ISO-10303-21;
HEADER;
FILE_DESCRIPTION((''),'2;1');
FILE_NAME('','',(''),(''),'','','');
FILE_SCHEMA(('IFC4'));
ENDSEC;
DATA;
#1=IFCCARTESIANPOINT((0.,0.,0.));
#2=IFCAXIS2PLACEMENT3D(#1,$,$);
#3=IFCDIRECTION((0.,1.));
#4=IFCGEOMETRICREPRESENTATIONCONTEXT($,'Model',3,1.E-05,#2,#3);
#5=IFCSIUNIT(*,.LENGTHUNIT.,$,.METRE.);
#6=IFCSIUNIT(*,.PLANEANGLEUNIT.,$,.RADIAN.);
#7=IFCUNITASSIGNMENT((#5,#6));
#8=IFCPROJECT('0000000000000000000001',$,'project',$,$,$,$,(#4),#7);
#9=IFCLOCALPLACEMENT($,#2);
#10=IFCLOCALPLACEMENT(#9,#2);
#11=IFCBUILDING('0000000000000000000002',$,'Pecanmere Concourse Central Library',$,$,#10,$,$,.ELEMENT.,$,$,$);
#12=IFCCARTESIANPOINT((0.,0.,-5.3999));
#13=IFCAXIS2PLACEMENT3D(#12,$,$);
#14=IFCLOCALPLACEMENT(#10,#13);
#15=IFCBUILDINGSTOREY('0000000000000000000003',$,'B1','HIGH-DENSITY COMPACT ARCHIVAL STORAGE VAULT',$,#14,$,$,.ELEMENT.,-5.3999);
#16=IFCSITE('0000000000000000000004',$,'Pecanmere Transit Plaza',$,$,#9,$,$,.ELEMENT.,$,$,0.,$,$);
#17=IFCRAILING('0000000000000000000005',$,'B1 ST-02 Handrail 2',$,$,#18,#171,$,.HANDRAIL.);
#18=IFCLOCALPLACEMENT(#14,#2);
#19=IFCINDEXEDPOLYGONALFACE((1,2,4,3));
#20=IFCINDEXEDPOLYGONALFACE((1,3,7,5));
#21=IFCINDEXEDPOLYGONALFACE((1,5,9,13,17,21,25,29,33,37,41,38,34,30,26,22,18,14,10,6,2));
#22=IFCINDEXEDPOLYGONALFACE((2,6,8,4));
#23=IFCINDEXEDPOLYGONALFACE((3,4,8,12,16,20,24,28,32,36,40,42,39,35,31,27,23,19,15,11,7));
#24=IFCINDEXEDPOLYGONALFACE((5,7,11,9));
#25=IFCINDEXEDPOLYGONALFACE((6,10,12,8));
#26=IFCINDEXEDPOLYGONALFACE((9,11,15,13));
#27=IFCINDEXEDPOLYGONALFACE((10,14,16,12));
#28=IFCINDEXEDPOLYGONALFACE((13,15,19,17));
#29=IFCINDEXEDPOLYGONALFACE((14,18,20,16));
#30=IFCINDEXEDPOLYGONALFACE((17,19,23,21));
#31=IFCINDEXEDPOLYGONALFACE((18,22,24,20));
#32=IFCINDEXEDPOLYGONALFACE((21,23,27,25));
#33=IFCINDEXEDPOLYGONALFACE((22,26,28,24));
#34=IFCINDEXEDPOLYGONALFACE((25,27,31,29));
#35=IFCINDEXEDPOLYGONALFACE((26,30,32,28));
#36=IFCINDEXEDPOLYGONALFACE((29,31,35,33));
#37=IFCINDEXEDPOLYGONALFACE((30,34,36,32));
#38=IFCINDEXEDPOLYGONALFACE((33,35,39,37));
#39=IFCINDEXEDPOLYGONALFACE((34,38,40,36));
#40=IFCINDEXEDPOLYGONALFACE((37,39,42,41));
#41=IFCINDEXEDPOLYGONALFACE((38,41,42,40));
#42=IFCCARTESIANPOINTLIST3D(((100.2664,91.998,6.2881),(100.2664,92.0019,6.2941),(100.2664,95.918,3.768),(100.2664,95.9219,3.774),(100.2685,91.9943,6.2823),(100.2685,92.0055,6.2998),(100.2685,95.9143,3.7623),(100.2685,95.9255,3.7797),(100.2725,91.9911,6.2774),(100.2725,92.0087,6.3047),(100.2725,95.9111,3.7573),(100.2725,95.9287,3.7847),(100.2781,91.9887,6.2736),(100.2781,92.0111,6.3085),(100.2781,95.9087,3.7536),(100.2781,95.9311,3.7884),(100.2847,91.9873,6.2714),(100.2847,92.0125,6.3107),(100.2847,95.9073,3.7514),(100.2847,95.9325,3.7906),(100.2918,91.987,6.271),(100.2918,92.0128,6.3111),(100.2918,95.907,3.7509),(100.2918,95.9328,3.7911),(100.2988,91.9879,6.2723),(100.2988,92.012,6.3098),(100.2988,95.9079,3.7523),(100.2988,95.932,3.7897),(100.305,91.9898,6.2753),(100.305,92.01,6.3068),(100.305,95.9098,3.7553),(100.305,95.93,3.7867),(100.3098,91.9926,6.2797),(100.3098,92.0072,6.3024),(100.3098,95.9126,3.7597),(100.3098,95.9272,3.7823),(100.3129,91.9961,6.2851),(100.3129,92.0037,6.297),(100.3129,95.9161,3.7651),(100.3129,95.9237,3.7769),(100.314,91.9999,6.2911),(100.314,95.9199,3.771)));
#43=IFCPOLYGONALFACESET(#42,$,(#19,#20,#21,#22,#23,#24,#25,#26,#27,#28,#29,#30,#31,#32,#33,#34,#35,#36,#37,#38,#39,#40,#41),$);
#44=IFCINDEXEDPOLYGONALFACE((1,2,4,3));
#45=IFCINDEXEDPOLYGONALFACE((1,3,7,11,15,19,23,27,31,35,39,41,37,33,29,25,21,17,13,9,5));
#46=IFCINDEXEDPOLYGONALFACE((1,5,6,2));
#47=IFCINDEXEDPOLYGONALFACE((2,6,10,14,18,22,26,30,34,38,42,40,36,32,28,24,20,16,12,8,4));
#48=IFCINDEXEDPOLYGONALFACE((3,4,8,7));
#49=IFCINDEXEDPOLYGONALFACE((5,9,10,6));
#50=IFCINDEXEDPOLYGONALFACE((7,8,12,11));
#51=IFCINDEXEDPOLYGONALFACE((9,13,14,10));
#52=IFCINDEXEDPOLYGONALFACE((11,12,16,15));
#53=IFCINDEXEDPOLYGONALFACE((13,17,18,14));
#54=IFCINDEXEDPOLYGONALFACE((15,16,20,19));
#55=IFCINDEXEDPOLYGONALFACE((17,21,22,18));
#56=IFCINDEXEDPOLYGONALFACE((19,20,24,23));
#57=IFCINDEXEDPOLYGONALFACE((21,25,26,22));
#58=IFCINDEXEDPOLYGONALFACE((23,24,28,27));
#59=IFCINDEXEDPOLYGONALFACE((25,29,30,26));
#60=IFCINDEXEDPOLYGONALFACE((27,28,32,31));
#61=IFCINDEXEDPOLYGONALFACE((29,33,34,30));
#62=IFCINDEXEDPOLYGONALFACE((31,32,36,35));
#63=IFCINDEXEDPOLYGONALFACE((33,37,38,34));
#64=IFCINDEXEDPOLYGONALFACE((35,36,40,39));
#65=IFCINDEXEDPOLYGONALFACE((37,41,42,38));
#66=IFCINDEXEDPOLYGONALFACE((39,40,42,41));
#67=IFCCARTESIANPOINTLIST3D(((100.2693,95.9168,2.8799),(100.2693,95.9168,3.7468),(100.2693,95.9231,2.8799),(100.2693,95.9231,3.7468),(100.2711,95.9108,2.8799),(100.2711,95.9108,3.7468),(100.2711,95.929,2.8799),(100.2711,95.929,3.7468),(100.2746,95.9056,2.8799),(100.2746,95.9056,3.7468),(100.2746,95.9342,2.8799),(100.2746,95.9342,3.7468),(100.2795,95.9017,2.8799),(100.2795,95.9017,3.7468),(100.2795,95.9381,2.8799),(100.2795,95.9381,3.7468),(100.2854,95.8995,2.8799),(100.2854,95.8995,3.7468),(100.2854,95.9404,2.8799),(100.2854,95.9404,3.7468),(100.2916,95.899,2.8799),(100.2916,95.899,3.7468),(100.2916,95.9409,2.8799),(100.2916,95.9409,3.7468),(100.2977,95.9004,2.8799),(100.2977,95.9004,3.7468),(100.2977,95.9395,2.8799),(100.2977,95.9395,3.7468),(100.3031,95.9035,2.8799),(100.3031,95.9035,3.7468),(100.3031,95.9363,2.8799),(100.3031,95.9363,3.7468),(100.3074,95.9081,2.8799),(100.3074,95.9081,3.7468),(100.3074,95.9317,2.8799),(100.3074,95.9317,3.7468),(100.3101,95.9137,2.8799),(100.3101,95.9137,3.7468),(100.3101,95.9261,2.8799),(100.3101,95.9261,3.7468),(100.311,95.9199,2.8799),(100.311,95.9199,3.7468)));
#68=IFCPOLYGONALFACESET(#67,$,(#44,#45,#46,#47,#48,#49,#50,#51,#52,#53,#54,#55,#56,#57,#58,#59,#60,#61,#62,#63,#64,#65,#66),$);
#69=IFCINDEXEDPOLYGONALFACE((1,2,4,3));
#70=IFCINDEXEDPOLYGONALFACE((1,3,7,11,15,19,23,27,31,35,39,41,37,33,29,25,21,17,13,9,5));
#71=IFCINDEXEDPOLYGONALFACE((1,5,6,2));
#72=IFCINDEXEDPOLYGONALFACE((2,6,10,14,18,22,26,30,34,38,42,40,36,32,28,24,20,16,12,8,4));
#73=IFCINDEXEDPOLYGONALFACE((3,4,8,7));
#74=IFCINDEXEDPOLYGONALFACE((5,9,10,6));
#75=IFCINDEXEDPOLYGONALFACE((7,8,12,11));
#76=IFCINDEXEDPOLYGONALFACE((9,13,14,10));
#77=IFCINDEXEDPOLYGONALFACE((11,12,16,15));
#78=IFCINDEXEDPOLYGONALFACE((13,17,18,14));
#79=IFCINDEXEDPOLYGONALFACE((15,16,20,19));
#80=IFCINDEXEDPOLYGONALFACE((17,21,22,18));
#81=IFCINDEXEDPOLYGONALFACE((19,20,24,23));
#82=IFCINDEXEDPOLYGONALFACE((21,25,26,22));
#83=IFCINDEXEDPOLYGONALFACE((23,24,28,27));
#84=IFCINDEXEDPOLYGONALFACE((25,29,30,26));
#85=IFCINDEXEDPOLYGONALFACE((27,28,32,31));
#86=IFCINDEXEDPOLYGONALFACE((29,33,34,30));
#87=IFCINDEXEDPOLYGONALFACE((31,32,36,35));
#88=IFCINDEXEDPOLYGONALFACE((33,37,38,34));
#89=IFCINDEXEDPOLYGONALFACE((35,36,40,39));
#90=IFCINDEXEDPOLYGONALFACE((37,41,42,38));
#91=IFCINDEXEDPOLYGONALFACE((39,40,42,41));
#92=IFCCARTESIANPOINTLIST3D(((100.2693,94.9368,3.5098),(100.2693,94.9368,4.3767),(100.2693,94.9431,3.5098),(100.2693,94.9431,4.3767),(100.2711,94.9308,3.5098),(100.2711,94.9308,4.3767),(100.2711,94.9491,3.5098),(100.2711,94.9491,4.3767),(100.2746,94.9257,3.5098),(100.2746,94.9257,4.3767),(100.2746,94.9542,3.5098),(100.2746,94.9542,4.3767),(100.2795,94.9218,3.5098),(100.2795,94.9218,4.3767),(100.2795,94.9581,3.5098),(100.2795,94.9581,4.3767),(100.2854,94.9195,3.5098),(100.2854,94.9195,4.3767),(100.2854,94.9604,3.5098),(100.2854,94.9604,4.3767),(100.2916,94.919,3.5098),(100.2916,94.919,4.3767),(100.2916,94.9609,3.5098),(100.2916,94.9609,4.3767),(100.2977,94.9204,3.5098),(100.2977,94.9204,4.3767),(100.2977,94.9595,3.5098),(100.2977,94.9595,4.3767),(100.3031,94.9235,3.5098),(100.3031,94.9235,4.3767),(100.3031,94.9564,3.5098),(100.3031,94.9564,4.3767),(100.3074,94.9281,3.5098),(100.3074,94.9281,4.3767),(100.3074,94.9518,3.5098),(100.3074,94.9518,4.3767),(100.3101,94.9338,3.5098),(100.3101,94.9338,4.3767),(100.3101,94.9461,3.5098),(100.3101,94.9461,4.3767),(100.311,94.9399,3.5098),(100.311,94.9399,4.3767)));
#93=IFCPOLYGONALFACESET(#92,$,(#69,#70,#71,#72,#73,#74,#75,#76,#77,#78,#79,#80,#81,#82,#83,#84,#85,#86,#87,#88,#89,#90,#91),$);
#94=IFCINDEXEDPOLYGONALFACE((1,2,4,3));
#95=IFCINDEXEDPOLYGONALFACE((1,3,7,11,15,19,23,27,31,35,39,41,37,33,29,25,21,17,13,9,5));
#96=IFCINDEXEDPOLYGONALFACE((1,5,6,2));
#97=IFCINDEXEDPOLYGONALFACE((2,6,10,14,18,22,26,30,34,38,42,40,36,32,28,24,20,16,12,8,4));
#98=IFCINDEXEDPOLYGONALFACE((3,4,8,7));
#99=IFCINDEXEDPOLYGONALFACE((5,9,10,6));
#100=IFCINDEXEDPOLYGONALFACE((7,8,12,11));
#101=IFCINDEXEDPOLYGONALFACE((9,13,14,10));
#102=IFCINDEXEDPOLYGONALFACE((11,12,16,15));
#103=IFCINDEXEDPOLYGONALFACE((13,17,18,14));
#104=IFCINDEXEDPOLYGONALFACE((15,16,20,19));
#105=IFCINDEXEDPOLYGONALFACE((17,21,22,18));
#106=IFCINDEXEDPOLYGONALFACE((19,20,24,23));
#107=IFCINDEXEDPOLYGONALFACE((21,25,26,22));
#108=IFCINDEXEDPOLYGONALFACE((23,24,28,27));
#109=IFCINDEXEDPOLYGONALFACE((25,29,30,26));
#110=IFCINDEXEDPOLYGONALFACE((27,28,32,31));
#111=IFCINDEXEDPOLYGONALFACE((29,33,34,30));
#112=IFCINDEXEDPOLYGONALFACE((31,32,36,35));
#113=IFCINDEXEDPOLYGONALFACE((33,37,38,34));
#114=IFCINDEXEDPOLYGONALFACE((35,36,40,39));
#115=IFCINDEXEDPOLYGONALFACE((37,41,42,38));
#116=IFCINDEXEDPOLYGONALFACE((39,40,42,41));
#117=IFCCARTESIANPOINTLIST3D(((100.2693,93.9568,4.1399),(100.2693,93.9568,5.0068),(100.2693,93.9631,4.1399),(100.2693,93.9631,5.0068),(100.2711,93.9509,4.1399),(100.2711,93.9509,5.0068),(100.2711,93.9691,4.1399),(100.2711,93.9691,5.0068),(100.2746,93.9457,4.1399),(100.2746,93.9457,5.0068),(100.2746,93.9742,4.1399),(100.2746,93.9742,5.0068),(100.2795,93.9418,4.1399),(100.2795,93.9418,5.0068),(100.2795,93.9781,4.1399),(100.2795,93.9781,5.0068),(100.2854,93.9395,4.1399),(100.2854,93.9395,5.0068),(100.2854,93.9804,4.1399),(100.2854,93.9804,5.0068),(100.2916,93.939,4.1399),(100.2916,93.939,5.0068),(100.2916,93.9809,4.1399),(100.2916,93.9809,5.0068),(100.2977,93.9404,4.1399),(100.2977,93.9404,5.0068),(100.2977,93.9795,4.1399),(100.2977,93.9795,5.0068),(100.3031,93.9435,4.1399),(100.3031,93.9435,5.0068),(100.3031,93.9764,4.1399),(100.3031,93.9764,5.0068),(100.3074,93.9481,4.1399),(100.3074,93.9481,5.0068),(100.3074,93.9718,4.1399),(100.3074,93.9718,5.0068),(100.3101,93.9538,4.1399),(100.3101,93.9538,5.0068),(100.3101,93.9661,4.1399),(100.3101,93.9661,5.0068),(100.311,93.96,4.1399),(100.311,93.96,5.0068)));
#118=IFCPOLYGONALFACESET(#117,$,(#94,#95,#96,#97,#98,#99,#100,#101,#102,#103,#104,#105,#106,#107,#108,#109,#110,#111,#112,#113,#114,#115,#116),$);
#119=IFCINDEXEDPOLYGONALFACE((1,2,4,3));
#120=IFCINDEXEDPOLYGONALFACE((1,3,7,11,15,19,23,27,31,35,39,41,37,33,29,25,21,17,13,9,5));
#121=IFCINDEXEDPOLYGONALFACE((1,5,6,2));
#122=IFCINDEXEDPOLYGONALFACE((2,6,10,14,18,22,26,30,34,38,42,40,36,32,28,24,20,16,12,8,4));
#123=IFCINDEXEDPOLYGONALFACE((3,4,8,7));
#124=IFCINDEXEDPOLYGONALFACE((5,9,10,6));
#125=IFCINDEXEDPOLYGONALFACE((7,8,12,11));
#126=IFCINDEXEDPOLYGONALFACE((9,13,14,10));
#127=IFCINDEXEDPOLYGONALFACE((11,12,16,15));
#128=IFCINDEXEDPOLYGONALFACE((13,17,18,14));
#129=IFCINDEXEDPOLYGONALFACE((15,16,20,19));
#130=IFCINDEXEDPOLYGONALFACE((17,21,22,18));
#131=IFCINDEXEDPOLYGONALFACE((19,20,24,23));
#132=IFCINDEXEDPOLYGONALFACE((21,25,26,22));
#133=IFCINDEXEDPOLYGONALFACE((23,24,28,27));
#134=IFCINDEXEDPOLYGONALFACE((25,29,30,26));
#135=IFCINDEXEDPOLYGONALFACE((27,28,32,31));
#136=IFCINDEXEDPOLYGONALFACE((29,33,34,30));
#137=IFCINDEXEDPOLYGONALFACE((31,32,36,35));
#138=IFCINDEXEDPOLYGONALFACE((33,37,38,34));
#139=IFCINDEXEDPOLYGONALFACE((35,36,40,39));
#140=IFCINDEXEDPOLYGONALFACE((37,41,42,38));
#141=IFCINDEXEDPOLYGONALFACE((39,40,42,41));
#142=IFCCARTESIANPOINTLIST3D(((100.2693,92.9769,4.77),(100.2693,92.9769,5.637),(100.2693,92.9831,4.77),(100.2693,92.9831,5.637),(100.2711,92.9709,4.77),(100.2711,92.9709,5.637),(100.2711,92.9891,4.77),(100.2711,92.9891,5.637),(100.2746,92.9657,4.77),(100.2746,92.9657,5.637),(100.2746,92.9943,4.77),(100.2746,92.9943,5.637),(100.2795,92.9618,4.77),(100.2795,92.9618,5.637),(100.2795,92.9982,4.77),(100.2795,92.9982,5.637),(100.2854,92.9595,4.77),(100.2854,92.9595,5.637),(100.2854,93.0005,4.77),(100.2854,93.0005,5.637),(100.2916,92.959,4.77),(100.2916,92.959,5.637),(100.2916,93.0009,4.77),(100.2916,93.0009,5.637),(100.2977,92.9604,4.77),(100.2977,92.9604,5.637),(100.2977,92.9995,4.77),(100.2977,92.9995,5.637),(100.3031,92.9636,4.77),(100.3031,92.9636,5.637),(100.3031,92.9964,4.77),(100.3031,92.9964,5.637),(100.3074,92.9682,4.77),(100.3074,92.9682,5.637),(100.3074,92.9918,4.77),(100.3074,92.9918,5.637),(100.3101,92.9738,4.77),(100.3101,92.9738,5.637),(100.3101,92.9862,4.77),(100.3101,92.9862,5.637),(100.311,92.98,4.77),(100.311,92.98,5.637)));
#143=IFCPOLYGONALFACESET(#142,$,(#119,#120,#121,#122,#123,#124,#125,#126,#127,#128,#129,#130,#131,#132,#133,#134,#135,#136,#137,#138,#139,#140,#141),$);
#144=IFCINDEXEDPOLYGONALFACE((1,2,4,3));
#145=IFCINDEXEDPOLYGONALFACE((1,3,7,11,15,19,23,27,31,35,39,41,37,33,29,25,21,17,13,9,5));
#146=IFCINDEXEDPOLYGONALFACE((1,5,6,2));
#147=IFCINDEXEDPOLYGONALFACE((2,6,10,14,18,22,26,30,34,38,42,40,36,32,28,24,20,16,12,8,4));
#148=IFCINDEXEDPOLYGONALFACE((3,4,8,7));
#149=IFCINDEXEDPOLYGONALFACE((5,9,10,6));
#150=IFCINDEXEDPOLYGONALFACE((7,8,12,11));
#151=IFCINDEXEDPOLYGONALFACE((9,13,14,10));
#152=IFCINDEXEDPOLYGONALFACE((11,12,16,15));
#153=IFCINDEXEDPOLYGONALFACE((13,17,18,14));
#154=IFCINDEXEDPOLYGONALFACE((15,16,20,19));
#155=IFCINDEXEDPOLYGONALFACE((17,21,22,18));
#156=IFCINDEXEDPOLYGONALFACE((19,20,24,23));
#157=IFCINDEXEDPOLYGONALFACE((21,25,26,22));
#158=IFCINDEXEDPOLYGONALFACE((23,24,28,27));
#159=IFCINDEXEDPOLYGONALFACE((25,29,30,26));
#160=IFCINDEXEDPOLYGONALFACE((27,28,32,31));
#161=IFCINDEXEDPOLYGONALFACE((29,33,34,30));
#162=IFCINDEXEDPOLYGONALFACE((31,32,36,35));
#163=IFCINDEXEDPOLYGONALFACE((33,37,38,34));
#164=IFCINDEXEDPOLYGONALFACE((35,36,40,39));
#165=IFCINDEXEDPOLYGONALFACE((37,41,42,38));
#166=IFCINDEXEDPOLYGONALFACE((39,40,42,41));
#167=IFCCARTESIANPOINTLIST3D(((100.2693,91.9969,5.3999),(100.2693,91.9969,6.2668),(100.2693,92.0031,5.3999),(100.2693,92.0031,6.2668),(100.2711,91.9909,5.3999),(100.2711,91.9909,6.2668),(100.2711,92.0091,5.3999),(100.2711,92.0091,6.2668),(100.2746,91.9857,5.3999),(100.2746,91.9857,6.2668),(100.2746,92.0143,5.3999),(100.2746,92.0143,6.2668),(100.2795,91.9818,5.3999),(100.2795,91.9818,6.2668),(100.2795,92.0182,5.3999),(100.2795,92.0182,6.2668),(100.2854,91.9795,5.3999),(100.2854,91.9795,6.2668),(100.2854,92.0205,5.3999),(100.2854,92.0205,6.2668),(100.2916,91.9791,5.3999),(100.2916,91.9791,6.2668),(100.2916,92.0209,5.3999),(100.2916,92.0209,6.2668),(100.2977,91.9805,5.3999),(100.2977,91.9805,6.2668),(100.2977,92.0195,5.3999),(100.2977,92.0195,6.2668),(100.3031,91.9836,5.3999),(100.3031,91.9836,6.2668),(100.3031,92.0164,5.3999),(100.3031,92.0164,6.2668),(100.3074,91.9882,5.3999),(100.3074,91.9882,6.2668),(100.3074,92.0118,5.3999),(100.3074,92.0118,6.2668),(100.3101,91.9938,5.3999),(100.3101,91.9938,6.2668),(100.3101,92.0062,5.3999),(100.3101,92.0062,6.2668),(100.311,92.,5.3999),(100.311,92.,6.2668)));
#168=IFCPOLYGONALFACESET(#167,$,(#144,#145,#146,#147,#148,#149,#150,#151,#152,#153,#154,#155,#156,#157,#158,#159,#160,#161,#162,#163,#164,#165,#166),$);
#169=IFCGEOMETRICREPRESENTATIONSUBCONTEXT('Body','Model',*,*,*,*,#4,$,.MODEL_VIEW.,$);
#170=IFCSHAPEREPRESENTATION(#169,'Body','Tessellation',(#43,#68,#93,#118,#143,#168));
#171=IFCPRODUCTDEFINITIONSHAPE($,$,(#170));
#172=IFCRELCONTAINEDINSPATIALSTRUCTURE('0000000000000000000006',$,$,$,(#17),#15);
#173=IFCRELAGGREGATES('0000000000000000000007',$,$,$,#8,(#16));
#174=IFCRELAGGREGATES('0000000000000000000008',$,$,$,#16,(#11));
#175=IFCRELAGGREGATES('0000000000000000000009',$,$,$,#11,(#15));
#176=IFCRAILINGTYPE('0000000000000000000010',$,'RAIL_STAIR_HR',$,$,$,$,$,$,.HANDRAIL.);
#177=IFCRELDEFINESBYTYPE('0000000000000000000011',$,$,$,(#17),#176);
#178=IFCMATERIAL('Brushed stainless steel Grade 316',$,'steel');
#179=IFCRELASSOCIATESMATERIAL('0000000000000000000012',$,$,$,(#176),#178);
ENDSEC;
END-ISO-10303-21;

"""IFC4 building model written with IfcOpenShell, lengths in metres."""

from ifc_helpers import new_model, si_unit, direction, frame, origin, origin_2d, place, context, subcontext, project, spatial, circle, extrude, material, type_object, element, save


model = new_model("IFC4")

# Units and contexts
model_context = context("Model", 3, precision=1e-05, world=origin(), true_north=direction((0.0, 1.0)))
body_context = subcontext(model_context, "Body", "Model", "MODEL_VIEW")
ifc_project = project(units=[si_unit("LENGTHUNIT", "METRE"), si_unit("PLANEANGLEUNIT", "RADIAN")], contexts=[model_context])

# Site, building, storey
site_placement = place(None, origin())
site = spatial("IfcSite", under=ifc_project, at=site_placement, Name="Pecanmere Transit Plaza", CompositionType="ELEMENT", RefElevation=0.0)
building_placement = place(site_placement, origin())
building = spatial("IfcBuilding", under=site, at=building_placement, Name="Pecanmere Concourse Central Library", CompositionType="ELEMENT")
storey_placement = place(building_placement, frame((0.0, 0.0, -5.3999)))
storey = spatial("IfcBuildingStorey", under=building, at=storey_placement, Name="B1", Description="HIGH-DENSITY COMPACT ARCHIVAL STORAGE VAULT", CompositionType="ELEMENT", Elevation=-5.3999)

# Railing
ifc_material_1 = material(Name="Brushed stainless steel Grade 316", Category="steel")
railing_type_1 = type_object("IfcRailingType", Name="RAIL_STAIR_HR", PredefinedType="HANDRAIL", material=ifc_material_1)
railing_1_placement = place(storey_placement, frame((100.29, 95.9199, 2.8799)))
element("IfcRailing", 1, at=railing_1_placement, inside=storey, type_object=railing_type_1, Name="B1 ST-02 Handrail 2", PredefinedType="HANDRAIL", context=body_context, shape_type="SweptSolid", body=[
    extrude(circle(Radius=0.0239, at=origin_2d()), frame((0.0, 0.0, 0.8911), z_axis=(0.0, -0.841172, 0.540768), x_axis=(1.0, 0.0, 0.0)), (0.0, 0.0, 1.0), 4.6602),
    extrude(circle(Radius=0.021, at=origin_2d()), origin(), (0.0, 0.0, 1.0), 0.8669),
    extrude(circle(Radius=0.021, at=origin_2d()), frame((0.0, -0.98, 0.6299)), (0.0, 0.0, 1.0), 0.8669),
    extrude(circle(Radius=0.021, at=origin_2d()), frame((0.0, -1.96, 1.26)), (0.0, 0.0, 1.0), 0.8669),
    extrude(circle(Radius=0.021, at=origin_2d()), frame((0.0, -2.9399, 1.8901)), (0.0, 0.0, 1.0), 0.8669),
    extrude(circle(Radius=0.021, at=origin_2d()), frame((0.0, -3.9199, 2.52)), (0.0, 0.0, 1.0), 0.8669),
])

save(model, "model.ifc")
